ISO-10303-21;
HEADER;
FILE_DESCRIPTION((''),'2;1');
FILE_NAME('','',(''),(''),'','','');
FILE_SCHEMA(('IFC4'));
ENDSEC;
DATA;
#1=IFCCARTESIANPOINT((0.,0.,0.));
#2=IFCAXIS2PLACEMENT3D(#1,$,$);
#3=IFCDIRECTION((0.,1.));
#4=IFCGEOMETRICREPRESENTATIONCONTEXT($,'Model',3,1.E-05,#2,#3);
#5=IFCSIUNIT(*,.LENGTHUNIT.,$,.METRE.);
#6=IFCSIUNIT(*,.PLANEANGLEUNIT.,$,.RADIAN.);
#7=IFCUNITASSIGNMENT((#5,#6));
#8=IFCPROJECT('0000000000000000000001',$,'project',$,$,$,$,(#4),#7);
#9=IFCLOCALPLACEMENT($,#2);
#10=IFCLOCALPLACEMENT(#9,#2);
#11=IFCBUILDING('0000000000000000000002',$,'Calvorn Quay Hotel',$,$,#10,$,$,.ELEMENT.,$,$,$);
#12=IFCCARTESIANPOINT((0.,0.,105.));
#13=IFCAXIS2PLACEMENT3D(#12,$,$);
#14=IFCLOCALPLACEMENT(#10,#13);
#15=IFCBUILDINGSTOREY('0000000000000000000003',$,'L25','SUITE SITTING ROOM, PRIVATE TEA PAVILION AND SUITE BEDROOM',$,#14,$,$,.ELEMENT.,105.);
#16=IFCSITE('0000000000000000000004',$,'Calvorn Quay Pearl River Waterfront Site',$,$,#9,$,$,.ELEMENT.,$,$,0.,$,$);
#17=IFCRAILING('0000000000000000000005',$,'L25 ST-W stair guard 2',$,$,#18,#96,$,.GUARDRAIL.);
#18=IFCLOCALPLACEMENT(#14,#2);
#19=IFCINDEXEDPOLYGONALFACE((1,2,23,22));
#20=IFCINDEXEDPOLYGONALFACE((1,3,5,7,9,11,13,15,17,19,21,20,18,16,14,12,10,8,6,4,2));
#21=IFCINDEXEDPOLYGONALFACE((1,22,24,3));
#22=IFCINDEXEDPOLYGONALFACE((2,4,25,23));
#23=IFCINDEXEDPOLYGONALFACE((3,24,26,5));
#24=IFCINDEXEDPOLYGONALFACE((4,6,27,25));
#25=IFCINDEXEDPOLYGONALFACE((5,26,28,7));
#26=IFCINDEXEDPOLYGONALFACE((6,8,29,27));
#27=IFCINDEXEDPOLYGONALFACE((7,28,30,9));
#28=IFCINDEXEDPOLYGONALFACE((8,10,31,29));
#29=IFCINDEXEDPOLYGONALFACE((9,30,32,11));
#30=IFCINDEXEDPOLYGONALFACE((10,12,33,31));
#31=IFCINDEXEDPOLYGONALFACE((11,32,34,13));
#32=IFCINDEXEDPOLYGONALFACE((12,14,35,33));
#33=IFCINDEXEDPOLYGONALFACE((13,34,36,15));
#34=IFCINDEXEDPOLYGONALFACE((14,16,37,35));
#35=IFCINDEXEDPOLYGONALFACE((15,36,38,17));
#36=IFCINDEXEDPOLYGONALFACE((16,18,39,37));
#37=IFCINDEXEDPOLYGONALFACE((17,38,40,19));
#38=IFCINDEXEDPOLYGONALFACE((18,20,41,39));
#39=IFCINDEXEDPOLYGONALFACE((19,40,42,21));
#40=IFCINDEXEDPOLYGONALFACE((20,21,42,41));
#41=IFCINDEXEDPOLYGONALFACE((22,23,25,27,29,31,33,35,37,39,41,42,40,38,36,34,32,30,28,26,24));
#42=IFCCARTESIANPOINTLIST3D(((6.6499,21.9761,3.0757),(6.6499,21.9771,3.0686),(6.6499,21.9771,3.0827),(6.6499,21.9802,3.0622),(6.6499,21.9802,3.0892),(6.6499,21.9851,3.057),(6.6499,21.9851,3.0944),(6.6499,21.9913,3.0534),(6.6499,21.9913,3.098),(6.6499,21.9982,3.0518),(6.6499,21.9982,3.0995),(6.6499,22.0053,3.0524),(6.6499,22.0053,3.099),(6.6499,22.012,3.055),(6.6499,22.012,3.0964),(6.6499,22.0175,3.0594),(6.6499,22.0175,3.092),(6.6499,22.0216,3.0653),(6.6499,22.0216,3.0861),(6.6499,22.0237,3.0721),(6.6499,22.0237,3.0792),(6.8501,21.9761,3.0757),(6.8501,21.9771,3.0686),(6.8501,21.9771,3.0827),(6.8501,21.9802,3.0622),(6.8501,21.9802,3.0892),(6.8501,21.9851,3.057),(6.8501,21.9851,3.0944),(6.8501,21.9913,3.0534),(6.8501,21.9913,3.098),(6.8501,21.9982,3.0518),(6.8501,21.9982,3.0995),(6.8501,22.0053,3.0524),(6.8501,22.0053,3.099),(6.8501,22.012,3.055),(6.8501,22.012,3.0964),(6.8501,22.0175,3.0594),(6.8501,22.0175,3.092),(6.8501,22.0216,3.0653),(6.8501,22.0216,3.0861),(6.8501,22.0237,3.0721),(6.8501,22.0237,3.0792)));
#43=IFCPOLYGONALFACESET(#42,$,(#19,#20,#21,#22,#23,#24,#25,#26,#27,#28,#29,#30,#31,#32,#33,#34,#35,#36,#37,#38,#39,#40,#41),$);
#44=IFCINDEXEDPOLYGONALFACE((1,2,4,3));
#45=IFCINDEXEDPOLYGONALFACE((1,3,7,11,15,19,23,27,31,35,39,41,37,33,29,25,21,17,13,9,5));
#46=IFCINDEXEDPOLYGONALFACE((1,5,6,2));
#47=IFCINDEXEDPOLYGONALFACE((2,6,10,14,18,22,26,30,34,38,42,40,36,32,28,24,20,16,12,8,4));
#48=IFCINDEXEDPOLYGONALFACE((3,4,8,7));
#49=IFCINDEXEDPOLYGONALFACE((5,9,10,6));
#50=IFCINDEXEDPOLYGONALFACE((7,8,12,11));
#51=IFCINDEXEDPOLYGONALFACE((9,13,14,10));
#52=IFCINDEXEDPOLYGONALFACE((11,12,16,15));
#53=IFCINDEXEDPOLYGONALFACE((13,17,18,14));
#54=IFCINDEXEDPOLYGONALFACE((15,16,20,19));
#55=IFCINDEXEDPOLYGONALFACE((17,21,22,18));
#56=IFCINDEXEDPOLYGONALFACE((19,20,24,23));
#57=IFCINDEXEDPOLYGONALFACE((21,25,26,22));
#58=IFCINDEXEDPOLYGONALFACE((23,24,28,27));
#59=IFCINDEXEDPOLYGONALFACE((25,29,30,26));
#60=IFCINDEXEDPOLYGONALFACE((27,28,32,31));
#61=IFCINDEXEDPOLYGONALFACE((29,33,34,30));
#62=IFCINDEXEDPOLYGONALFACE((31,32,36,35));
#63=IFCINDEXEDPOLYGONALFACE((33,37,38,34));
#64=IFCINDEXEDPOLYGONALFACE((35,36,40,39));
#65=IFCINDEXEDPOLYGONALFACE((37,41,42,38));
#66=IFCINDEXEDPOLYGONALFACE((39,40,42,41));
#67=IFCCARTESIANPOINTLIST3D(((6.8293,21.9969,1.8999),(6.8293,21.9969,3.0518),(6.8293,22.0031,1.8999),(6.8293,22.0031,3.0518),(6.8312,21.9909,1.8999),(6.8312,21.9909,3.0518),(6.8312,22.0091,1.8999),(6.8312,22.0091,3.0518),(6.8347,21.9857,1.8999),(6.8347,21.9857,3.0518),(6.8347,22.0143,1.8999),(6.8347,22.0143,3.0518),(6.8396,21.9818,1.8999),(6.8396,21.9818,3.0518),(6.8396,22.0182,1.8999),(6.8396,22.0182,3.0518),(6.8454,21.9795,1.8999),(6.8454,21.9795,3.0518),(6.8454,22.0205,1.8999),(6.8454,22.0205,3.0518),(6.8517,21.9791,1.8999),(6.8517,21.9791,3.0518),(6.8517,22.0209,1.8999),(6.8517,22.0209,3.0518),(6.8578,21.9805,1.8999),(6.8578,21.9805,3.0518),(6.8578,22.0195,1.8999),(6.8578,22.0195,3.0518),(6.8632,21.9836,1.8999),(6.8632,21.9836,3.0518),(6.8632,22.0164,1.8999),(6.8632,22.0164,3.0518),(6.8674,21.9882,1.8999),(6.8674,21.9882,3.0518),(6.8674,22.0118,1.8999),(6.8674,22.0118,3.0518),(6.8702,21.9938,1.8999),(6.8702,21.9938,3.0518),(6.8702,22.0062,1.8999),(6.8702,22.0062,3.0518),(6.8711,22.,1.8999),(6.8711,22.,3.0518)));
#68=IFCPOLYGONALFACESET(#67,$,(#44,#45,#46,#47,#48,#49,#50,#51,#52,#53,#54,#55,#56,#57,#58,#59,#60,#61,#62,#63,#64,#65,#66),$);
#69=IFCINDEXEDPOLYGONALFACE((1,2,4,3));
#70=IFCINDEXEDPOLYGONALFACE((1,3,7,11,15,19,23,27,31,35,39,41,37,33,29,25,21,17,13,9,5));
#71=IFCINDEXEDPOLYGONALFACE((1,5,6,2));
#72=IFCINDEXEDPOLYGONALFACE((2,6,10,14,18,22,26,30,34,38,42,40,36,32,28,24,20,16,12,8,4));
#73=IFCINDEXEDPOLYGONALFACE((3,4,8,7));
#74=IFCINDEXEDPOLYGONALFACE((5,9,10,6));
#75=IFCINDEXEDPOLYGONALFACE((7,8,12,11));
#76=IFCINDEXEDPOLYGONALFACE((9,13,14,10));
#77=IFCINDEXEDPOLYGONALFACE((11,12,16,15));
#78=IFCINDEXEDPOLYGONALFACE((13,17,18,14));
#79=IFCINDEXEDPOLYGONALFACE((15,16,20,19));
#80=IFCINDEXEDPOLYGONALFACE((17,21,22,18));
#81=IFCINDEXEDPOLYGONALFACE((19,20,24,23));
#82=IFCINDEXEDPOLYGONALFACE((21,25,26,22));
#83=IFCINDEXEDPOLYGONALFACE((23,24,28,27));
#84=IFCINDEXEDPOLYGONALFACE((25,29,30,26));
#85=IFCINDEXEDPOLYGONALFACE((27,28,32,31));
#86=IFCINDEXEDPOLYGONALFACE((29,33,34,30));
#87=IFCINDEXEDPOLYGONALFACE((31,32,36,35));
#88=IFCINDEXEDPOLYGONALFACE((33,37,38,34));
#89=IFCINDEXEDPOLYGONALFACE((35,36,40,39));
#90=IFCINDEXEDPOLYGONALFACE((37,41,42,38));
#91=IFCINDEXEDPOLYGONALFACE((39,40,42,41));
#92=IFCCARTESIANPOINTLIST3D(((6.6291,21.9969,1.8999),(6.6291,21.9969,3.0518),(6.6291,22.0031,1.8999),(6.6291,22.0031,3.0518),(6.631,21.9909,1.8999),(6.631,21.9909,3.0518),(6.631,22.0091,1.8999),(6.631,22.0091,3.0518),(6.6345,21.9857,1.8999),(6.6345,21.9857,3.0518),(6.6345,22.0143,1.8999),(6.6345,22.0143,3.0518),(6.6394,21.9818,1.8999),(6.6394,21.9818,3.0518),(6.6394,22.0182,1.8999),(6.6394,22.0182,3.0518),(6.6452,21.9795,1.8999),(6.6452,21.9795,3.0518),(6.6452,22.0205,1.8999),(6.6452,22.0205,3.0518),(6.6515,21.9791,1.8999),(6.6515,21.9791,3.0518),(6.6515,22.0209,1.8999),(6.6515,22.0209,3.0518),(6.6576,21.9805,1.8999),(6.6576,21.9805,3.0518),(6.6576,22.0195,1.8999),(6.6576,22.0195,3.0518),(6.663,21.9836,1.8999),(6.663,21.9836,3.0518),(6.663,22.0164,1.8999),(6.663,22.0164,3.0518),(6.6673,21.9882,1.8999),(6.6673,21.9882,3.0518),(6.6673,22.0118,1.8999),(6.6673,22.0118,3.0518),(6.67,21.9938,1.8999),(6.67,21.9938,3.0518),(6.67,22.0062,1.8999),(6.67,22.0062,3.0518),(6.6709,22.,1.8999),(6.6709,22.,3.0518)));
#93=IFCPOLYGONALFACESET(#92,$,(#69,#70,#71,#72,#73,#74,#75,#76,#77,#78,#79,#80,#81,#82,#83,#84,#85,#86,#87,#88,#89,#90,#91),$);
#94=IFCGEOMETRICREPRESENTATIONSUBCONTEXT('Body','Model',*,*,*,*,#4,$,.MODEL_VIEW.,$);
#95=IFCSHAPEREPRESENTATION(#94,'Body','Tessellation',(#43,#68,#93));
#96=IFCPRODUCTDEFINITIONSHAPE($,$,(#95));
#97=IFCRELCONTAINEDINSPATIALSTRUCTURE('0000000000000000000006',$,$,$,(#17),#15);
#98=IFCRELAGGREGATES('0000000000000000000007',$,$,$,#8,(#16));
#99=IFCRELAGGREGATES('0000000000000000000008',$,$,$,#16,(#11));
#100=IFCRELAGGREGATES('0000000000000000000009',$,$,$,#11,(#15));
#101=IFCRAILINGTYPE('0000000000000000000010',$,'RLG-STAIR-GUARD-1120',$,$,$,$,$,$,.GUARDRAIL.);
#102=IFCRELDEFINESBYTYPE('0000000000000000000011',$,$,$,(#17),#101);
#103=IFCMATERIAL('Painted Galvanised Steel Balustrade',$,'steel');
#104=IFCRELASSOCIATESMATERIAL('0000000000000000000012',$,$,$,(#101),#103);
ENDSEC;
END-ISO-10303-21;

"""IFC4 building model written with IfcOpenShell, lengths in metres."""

from ifc_helpers import new_model, si_unit, direction, frame, origin, origin_2d, place, context, subcontext, project, spatial, circle, extrude, material, type_object, element, save


model = new_model("IFC4")

# Units and contexts
model_context = context("Model", 3, precision=1e-05, world=origin(), true_north=direction((0.0, 1.0)))
body_context = subcontext(model_context, "Body", "Model", "MODEL_VIEW")
ifc_project = project(units=[si_unit("LENGTHUNIT", "METRE"), si_unit("PLANEANGLEUNIT", "RADIAN")], contexts=[model_context])

# Site, building, storey
site_placement = place(None, origin())
site = spatial("IfcSite", under=ifc_project, at=site_placement, Name="Calvorn Quay Pearl River Waterfront Site", CompositionType="ELEMENT", RefElevation=0.0)
building_placement = place(site_placement, origin())
building = spatial("IfcBuilding", under=site, at=building_placement, Name="Calvorn Quay Hotel", CompositionType="ELEMENT")
storey_placement = place(building_placement, frame((0.0, 0.0, 105.0)))
storey = spatial("IfcBuildingStorey", under=building, at=storey_placement, Name="L25", Description="SUITE SITTING ROOM, PRIVATE TEA PAVILION AND SUITE BEDROOM", CompositionType="ELEMENT", Elevation=105.0)

# Railing
ifc_material_1 = material(Name="Painted Galvanised Steel Balustrade", Category="steel")
railing_type_1 = type_object("IfcRailingType", Name="RLG-STAIR-GUARD-1120", PredefinedType="GUARDRAIL", material=ifc_material_1)
railing_1_placement = place(storey_placement, frame((6.8501, 22.0, 1.8999)))
element("IfcRailing", 1, at=railing_1_placement, inside=storey, type_object=railing_type_1, Name="L25 ST-W stair guard 2", PredefinedType="GUARDRAIL", context=body_context, shape_type="SweptSolid", body=[
    extrude(circle(Radius=0.0239, at=origin_2d()), frame((0.0, 0.0, 1.1758), z_axis=(-1.0, 0.0, 0.0), x_axis=(0.0, -1.0, 0.0)), (0.0, 0.0, 1.0), 0.2002),
    extrude(circle(Radius=0.021, at=origin_2d()), origin(), (0.0, 0.0, 1.0), 1.1519),
    extrude(circle(Radius=0.021, at=origin_2d()), frame((-0.2002, 0.0, 0.0)), (0.0, 0.0, 1.0), 1.1519),
])

save(model, "model.ifc")
